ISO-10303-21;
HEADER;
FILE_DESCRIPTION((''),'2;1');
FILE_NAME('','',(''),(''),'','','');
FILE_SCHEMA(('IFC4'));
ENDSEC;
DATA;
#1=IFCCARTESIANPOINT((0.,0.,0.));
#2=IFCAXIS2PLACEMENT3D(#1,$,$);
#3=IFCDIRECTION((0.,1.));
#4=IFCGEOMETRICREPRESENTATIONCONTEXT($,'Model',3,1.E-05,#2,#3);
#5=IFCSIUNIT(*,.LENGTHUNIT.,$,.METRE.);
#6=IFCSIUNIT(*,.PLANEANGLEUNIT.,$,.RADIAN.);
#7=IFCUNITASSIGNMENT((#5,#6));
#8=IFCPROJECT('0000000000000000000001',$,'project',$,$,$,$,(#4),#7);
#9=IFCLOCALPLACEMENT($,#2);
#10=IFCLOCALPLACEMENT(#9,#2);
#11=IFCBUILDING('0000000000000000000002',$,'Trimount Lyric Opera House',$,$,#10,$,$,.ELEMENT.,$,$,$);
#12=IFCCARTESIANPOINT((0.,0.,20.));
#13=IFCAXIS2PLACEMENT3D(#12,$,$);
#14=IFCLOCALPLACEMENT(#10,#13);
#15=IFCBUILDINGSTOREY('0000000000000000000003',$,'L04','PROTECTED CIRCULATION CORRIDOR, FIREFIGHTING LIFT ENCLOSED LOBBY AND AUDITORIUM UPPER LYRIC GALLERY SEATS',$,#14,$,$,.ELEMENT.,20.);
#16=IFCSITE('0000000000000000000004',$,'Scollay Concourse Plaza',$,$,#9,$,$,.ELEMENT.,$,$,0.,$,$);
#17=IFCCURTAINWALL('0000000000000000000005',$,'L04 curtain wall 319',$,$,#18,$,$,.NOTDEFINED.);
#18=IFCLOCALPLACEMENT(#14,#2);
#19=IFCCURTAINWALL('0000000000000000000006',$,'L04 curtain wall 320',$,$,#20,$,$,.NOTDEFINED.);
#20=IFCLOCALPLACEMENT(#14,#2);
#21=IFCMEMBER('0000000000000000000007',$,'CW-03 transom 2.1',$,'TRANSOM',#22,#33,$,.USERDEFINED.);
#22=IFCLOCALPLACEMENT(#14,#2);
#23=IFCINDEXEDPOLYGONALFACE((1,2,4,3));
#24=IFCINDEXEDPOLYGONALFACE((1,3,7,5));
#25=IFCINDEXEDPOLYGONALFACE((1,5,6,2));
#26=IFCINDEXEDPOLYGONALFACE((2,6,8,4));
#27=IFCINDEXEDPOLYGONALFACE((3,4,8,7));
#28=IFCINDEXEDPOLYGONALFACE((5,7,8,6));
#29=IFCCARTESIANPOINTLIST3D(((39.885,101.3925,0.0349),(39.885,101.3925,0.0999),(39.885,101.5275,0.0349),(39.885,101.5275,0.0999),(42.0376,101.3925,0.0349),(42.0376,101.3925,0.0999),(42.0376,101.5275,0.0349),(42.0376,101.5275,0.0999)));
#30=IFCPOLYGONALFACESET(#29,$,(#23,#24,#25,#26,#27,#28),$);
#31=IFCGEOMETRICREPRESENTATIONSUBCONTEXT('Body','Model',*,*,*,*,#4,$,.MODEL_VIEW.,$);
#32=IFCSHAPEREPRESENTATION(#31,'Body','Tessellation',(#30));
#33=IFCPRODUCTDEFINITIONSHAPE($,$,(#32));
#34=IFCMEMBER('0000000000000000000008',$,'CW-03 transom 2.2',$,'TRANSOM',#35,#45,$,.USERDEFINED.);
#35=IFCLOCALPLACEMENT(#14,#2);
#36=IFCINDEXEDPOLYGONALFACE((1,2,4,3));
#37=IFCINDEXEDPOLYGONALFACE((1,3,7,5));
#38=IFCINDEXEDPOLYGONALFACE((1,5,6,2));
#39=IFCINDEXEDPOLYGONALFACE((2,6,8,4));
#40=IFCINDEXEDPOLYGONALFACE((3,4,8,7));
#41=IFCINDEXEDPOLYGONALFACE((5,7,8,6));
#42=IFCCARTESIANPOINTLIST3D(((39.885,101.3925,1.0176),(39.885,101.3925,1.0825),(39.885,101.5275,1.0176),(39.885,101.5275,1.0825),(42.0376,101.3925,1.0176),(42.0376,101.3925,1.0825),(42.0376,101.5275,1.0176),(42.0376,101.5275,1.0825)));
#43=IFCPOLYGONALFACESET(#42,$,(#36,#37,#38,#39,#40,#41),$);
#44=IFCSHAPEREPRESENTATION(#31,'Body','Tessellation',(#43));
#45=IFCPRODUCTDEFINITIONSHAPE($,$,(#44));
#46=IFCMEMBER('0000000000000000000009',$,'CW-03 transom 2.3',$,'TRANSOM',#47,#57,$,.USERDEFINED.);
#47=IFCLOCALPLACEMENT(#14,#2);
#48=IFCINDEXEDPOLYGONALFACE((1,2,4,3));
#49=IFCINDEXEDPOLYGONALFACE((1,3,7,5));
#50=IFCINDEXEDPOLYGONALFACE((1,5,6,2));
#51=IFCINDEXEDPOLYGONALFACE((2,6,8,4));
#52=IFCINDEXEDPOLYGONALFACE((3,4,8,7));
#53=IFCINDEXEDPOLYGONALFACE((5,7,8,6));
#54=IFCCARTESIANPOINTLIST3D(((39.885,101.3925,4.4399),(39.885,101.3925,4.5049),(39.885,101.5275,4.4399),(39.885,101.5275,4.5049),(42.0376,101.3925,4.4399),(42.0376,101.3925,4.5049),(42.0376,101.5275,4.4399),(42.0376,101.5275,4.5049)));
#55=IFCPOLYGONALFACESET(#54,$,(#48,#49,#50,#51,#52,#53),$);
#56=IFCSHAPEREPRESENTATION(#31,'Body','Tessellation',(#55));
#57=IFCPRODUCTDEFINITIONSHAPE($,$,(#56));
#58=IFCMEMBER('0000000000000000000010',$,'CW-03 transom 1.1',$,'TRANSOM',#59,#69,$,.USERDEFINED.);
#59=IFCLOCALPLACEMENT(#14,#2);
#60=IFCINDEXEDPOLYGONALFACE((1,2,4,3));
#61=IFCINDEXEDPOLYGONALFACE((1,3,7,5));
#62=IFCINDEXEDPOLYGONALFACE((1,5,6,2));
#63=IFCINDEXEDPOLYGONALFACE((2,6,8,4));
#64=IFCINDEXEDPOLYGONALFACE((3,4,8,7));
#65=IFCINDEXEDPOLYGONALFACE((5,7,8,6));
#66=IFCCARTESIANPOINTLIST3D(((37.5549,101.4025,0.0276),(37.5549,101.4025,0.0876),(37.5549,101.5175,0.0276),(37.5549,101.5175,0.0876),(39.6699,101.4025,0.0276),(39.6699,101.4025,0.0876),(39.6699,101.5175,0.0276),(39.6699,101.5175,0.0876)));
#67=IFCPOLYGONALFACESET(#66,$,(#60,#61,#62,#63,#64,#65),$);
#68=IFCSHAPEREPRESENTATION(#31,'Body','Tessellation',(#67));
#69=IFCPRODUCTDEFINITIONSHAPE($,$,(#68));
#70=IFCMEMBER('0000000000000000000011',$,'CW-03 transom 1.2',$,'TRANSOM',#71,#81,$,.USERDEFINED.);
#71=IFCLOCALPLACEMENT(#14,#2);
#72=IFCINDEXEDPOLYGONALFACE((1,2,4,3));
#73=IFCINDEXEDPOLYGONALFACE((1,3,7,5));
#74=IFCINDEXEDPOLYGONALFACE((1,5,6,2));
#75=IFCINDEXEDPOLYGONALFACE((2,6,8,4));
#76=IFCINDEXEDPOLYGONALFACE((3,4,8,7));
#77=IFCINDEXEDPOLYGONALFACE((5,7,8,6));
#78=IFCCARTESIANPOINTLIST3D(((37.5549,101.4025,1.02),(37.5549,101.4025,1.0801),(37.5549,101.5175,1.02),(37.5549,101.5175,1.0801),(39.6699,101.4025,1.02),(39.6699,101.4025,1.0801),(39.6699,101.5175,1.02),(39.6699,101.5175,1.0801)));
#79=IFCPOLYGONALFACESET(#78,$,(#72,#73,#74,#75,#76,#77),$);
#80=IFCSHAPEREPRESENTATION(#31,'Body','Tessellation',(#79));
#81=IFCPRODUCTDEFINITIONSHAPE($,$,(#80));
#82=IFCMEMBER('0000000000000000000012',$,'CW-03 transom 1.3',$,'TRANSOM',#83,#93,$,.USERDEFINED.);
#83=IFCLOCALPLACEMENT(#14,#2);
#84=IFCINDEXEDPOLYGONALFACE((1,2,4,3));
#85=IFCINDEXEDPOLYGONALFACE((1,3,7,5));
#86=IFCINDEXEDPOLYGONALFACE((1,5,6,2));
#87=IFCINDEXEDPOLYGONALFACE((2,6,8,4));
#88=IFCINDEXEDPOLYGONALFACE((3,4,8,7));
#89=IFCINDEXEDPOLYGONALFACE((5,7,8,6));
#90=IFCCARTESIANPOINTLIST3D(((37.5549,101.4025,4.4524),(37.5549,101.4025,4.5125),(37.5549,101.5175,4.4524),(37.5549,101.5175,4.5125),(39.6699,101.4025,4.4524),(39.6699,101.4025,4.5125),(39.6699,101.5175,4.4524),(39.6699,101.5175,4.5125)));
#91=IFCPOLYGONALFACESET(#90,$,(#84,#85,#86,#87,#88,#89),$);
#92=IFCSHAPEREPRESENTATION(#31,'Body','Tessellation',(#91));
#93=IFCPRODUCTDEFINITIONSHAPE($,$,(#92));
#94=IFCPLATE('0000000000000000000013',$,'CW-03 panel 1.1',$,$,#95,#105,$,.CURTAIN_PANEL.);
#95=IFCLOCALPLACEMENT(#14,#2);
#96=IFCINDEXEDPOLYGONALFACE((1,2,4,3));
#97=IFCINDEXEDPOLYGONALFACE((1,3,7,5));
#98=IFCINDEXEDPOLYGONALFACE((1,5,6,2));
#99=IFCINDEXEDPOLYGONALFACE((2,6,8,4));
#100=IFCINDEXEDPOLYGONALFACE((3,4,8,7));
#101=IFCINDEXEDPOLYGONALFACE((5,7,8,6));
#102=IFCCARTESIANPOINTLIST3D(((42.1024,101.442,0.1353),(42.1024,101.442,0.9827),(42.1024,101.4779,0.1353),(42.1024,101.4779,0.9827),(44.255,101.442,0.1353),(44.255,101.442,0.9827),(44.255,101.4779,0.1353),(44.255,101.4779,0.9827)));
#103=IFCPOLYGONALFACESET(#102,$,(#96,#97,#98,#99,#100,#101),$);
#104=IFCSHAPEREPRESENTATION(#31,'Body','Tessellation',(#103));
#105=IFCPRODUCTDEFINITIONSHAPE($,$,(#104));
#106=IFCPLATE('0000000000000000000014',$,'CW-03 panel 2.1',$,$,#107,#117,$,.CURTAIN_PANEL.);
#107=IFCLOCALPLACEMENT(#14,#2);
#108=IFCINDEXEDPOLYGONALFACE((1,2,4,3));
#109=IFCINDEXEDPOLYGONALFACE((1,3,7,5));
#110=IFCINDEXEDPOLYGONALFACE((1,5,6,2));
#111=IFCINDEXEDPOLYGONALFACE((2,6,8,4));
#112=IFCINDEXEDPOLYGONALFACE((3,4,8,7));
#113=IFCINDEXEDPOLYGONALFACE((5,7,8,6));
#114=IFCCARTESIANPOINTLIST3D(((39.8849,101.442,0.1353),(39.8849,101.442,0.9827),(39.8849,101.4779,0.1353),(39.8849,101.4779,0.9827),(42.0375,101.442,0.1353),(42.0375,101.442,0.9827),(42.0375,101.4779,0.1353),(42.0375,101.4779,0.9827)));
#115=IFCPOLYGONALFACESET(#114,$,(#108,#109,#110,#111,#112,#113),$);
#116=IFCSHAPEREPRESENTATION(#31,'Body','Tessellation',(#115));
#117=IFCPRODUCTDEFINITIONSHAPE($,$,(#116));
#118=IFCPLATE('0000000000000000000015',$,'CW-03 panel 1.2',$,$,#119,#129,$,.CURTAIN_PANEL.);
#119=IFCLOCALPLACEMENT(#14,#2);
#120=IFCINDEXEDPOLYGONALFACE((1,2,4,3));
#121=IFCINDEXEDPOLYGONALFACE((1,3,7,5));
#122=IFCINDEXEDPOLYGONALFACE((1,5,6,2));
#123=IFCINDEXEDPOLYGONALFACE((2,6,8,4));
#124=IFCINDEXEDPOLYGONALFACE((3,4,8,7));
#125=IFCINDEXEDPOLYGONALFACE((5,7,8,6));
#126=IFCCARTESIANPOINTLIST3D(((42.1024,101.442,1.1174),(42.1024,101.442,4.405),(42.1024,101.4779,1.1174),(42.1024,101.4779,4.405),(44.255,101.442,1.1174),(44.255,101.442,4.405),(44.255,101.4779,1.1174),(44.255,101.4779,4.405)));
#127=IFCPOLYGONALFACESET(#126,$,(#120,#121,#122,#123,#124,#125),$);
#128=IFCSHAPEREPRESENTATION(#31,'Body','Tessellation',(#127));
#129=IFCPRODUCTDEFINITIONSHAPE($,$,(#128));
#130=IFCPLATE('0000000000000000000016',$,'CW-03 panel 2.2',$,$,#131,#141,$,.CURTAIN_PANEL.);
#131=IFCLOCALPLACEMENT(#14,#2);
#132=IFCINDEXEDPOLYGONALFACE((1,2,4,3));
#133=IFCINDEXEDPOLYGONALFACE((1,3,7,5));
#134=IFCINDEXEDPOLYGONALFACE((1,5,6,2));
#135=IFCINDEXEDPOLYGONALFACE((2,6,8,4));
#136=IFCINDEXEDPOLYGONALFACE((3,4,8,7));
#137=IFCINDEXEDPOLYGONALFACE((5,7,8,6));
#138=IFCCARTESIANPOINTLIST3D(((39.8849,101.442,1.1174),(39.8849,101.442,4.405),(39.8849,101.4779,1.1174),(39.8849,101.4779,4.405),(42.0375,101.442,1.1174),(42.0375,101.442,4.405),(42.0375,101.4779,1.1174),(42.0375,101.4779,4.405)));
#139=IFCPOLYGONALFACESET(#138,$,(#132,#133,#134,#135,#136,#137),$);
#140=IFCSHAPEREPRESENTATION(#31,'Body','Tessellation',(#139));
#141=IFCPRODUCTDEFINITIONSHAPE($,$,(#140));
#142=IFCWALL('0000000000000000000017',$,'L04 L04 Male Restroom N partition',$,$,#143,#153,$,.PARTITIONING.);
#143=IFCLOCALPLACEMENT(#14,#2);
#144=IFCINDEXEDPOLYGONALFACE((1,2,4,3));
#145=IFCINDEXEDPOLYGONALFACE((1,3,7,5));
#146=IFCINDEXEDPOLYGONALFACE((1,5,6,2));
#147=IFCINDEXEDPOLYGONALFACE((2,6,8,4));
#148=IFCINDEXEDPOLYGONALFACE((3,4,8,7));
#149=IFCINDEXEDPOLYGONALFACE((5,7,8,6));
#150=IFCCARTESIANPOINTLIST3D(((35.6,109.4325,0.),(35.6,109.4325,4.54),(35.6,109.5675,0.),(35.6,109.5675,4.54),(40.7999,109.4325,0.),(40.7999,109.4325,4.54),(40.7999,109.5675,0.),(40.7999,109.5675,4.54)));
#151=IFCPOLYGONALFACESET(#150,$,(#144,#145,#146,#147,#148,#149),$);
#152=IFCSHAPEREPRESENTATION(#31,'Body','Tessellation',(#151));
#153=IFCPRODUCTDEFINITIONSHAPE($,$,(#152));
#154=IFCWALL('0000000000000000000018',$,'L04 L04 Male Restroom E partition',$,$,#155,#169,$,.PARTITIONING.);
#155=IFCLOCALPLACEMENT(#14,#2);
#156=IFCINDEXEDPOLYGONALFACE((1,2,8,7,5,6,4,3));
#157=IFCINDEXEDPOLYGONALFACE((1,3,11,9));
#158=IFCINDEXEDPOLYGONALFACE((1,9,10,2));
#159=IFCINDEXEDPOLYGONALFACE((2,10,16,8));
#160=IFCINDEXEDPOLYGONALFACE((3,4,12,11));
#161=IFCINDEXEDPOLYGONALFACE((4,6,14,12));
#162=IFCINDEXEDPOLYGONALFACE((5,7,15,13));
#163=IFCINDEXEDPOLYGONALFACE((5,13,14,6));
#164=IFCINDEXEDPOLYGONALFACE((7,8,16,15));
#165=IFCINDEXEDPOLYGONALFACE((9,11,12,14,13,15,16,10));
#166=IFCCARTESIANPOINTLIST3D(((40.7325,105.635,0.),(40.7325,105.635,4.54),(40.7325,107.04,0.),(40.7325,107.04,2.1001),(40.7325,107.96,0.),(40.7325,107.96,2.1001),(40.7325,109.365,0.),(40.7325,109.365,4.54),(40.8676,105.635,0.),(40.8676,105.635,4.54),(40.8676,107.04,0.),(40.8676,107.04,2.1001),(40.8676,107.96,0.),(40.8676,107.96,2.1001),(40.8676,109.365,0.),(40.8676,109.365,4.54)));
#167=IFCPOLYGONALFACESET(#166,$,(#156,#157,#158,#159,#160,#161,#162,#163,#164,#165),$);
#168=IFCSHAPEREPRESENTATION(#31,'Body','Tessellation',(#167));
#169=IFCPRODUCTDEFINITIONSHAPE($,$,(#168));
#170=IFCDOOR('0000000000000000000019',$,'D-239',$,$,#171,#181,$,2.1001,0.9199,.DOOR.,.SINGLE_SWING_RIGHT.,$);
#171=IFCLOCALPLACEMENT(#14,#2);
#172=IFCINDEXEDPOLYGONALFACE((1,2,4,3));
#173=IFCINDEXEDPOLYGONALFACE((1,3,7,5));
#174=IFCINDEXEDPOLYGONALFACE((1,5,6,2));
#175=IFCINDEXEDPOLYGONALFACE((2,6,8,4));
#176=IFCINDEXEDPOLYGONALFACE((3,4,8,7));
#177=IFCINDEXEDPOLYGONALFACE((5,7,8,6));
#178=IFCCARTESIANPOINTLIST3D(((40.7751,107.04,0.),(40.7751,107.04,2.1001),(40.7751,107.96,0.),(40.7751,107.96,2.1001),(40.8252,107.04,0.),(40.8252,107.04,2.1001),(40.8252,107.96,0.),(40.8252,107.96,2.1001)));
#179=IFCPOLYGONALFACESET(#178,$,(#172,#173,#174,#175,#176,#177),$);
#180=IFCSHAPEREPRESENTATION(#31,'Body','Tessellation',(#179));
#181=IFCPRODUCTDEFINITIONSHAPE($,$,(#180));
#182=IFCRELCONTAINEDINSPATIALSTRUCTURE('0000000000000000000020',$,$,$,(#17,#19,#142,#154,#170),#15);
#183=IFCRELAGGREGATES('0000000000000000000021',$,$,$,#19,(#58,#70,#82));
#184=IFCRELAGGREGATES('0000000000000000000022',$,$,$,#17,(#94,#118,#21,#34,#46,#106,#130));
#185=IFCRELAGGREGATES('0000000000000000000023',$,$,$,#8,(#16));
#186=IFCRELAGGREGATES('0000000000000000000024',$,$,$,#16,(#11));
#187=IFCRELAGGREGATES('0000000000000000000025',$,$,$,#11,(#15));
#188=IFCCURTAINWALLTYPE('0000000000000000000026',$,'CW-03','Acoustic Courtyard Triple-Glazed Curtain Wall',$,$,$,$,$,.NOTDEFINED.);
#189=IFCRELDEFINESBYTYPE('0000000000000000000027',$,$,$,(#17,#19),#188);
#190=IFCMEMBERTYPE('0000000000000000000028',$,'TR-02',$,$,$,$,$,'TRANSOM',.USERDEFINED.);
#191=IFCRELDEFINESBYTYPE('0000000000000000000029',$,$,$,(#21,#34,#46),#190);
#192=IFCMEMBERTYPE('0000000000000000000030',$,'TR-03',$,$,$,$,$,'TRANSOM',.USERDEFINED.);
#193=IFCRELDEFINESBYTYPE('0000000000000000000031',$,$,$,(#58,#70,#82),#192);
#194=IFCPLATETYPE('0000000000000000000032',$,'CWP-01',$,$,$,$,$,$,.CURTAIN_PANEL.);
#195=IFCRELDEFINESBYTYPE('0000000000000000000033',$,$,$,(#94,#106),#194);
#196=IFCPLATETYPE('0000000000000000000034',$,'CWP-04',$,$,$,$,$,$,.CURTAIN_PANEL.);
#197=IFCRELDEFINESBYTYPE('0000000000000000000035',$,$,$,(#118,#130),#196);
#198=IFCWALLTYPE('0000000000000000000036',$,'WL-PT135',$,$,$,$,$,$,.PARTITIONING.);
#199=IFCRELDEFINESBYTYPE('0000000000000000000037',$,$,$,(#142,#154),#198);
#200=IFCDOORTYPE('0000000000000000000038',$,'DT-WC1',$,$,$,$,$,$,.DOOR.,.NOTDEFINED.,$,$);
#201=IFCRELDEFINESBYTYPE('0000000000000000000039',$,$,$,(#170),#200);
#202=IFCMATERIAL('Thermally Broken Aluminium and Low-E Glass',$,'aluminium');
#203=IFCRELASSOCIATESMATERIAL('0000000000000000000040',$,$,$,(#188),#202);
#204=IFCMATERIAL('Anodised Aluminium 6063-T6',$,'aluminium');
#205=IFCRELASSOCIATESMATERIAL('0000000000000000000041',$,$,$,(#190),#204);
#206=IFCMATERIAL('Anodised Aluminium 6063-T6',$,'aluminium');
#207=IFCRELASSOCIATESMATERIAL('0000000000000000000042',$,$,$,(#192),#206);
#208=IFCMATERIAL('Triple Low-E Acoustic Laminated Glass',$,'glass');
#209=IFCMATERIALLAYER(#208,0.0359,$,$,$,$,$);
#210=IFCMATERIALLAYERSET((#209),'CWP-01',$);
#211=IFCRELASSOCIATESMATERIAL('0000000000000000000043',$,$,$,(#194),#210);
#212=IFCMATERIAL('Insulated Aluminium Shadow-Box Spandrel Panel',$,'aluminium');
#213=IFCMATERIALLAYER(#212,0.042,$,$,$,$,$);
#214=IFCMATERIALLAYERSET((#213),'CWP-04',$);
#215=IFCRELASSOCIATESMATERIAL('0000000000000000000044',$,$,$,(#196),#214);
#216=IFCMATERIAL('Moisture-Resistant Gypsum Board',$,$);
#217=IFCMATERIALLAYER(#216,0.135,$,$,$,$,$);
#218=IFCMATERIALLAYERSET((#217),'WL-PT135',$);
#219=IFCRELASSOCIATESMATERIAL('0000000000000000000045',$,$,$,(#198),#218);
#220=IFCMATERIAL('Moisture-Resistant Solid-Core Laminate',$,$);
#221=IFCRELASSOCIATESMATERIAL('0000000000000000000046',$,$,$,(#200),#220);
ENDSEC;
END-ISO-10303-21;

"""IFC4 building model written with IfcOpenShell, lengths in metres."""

from ifc_helpers import new_model, si_unit, direction, frame, frame_2d, origin, origin_2d, place, context, subcontext, project, spatial, rectangle, extrude, material, layer, layer_set, material_profile, profile_set, type_object, element, fill, aggregate, save


model = new_model("IFC4")

# Units and contexts
model_context = context("Model", 3, precision=1e-05, world=origin(), true_north=direction((0.0, 1.0)))
body_context = subcontext(model_context, "Body", "Model", "MODEL_VIEW")
ifc_project = project(units=[si_unit("LENGTHUNIT", "METRE"), si_unit("PLANEANGLEUNIT", "RADIAN")], contexts=[model_context])

# Site, building, storey
site_placement = place(None, origin())
site = spatial("IfcSite", under=ifc_project, at=site_placement, Name="Scollay Concourse Plaza", CompositionType="ELEMENT", RefElevation=0.0)
building_placement = place(site_placement, origin())
building = spatial("IfcBuilding", under=site, at=building_placement, Name="Trimount Lyric Opera House", CompositionType="ELEMENT")
storey_placement = place(building_placement, frame((0.0, 0.0, 20.0)))
storey = spatial("IfcBuildingStorey", under=building, at=storey_placement, Name="L04", Description="PROTECTED CIRCULATION CORRIDOR, FIREFIGHTING LIFT ENCLOSED LOBBY AND AUDITORIUM UPPER LYRIC GALLERY SEATS", CompositionType="ELEMENT", Elevation=20.0)

# Curtain wall
ifc_material_1 = material(Name="Thermally Broken Aluminium and Low-E Glass", Category="aluminium")
curtain_wall_type = type_object("IfcCurtainWallType", Name="CW-03", Description="Acoustic Courtyard Triple-Glazed Curtain Wall", PredefinedType="NOTDEFINED", material=ifc_material_1)
curtain_wall_1_placement = place(storey_placement, origin())
curtain_wall_1 = element("IfcCurtainWall", 1, at=curtain_wall_1_placement, inside=storey, type_object=curtain_wall_type, Name="L04 curtain wall 319", PredefinedType="NOTDEFINED")

# Curtain wall
curtain_wall_2_placement = place(storey_placement, origin())
curtain_wall_2 = element("IfcCurtainWall", 2, at=curtain_wall_2_placement, inside=storey, type_object=curtain_wall_type, Name="L04 curtain wall 320", PredefinedType="NOTDEFINED")

# Members
ifc_material_2 = material(Name="Anodised Aluminium 6063-T6", Category="aluminium")
ifc_material_profile_1 = material_profile(ifc_material_2, rectangle(XDim=0.135, YDim=0.0649, at=origin_2d()), Name="ALU-TRAN-65X135")
ifc_profile_set_1 = profile_set([ifc_material_profile_1], Name="Anodised Aluminium 6063-T6")
member_type_1 = type_object("IfcMemberType", Name="TR-02", ElementType="TRANSOM", PredefinedType="USERDEFINED", material=ifc_profile_set_1)
member_1_placement = place(storey_placement, frame((42.0376, 101.46, 0.0674), z_axis=(-1.0, 0.0, 0.0), x_axis=(0.0, -1.0, 0.0)))
member_1 = element("IfcMember", 3, at=member_1_placement, type_object=member_type_1, Name="CW-03 transom 2.1", ObjectType="TRANSOM", PredefinedType="USERDEFINED", context=body_context, shape_type="SweptSolid", body=[
    extrude(rectangle(XDim=0.135, YDim=0.0649, at=origin_2d()), origin(), (0.0, 0.0, 1.0), 2.1526),
])
member_2_placement = place(storey_placement, frame((42.0376, 101.46, 1.05), z_axis=(-1.0, 0.0, 0.0), x_axis=(0.0, -1.0, 0.0)))
member_2 = element("IfcMember", 4, at=member_2_placement, type_object=member_type_1, Name="CW-03 transom 2.2", ObjectType="TRANSOM", PredefinedType="USERDEFINED", context=body_context, shape_type="SweptSolid", body=[
    extrude(rectangle(XDim=0.135, YDim=0.0649, at=origin_2d()), origin(), (0.0, 0.0, 1.0), 2.1526),
])
member_3_placement = place(storey_placement, frame((42.0376, 101.46, 4.4724), z_axis=(-1.0, 0.0, 0.0), x_axis=(0.0, -1.0, 0.0)))
member_3 = element("IfcMember", 5, at=member_3_placement, type_object=member_type_1, Name="CW-03 transom 2.3", ObjectType="TRANSOM", PredefinedType="USERDEFINED", context=body_context, shape_type="SweptSolid", body=[
    extrude(rectangle(XDim=0.135, YDim=0.0649, at=origin_2d()), origin(), (0.0, 0.0, 1.0), 2.1526),
])
ifc_material_3 = material(Name="Anodised Aluminium 6063-T6", Category="aluminium")
ifc_material_profile_2 = material_profile(ifc_material_3, rectangle(XDim=0.115, YDim=0.0601, at=origin_2d()), Name="ALU-TRAN-60X115")
ifc_profile_set_2 = profile_set([ifc_material_profile_2], Name="Anodised Aluminium 6063-T6")
member_type_2 = type_object("IfcMemberType", Name="TR-03", ElementType="TRANSOM", PredefinedType="USERDEFINED", material=ifc_profile_set_2)
member_4_placement = place(storey_placement, frame((39.6699, 101.46, 0.0576), z_axis=(-1.0, 0.0, 0.0), x_axis=(0.0, -1.0, 0.0)))
member_4 = element("IfcMember", 6, at=member_4_placement, type_object=member_type_2, Name="CW-03 transom 1.1", ObjectType="TRANSOM", PredefinedType="USERDEFINED", context=body_context, shape_type="SweptSolid", body=[
    extrude(rectangle(XDim=0.115, YDim=0.0601, at=origin_2d()), origin(), (0.0, 0.0, 1.0), 2.115),
])
member_5_placement = place(storey_placement, frame((39.6699, 101.46, 1.05), z_axis=(-1.0, 0.0, 0.0), x_axis=(0.0, -1.0, 0.0)))
member_5 = element("IfcMember", 7, at=member_5_placement, type_object=member_type_2, Name="CW-03 transom 1.2", ObjectType="TRANSOM", PredefinedType="USERDEFINED", context=body_context, shape_type="SweptSolid", body=[
    extrude(rectangle(XDim=0.115, YDim=0.0601, at=origin_2d()), origin(), (0.0, 0.0, 1.0), 2.115),
])
member_6_placement = place(storey_placement, frame((39.6699, 101.46, 4.4824), z_axis=(-1.0, 0.0, 0.0), x_axis=(0.0, -1.0, 0.0)))
member_6 = element("IfcMember", 8, at=member_6_placement, type_object=member_type_2, Name="CW-03 transom 1.3", ObjectType="TRANSOM", PredefinedType="USERDEFINED", context=body_context, shape_type="SweptSolid", body=[
    extrude(rectangle(XDim=0.115, YDim=0.0601, at=origin_2d()), origin(), (0.0, 0.0, 1.0), 2.115),
])
aggregate(curtain_wall_2, [member_4, member_5, member_6])

# Plates
ifc_material_4 = material(Name="Triple Low-E Acoustic Laminated Glass", Category="glass")
ifc_layer_1 = layer(ifc_material_4, 0.0359)
ifc_layer_set_1 = layer_set([ifc_layer_1], Name="CWP-01")
plate_type_1 = type_object("IfcPlateType", Name="CWP-01", PredefinedType="CURTAIN_PANEL", material=ifc_layer_set_1)
plate_1_placement = place(storey_placement, frame((43.1787, 101.46, 0.1353), z_axis=(0.0, 0.0, 1.0), x_axis=(-1.0, 0.0, 0.0)))
plate_1 = element("IfcPlate", 9, at=plate_1_placement, type_object=plate_type_1, Name="CW-03 panel 1.1", PredefinedType="CURTAIN_PANEL", context=body_context, shape_type="SweptSolid", body=[
    extrude(rectangle(XDim=2.1526, YDim=0.0359, at=origin_2d()), origin(), (0.0, 0.0, 1.0), 0.8474),
])
plate_2_placement = place(storey_placement, frame((40.9612, 101.46, 0.1353), z_axis=(0.0, 0.0, 1.0), x_axis=(-1.0, 0.0, 0.0)))
plate_2 = element("IfcPlate", 10, at=plate_2_placement, type_object=plate_type_1, Name="CW-03 panel 2.1", PredefinedType="CURTAIN_PANEL", context=body_context, shape_type="SweptSolid", body=[
    extrude(rectangle(XDim=2.1526, YDim=0.0359, at=origin_2d()), origin(), (0.0, 0.0, 1.0), 0.8474),
])
ifc_material_5 = material(Name="Insulated Aluminium Shadow-Box Spandrel Panel", Category="aluminium")
ifc_layer_2 = layer(ifc_material_5, 0.042)
ifc_layer_set_2 = layer_set([ifc_layer_2], Name="CWP-04")
plate_type_2 = type_object("IfcPlateType", Name="CWP-04", PredefinedType="CURTAIN_PANEL", material=ifc_layer_set_2)
plate_3_placement = place(storey_placement, frame((43.1787, 101.46, 1.1174), z_axis=(0.0, 0.0, 1.0), x_axis=(-1.0, 0.0, 0.0)))
plate_3 = element("IfcPlate", 11, at=plate_3_placement, type_object=plate_type_2, Name="CW-03 panel 1.2", PredefinedType="CURTAIN_PANEL", context=body_context, shape_type="SweptSolid", body=[
    extrude(rectangle(XDim=2.1526, YDim=0.0359, at=origin_2d()), origin(), (0.0, 0.0, 1.0), 3.2876),
])
plate_4_placement = place(storey_placement, frame((40.9612, 101.46, 1.1174), z_axis=(0.0, 0.0, 1.0), x_axis=(-1.0, 0.0, 0.0)))
plate_4 = element("IfcPlate", 12, at=plate_4_placement, type_object=plate_type_2, Name="CW-03 panel 2.2", PredefinedType="CURTAIN_PANEL", context=body_context, shape_type="SweptSolid", body=[
    extrude(rectangle(XDim=2.1526, YDim=0.0359, at=origin_2d()), origin(), (0.0, 0.0, 1.0), 3.2876),
])
aggregate(curtain_wall_1, [plate_1, plate_3, member_1, member_2, member_3, plate_2, plate_4])

# Wall
ifc_material_6 = material(Name="Moisture-Resistant Gypsum Board")
ifc_layer_3 = layer(ifc_material_6, 0.135)
ifc_layer_set_3 = layer_set([ifc_layer_3], Name="WL-PT135")
wall_type = type_object("IfcWallType", Name="WL-PT135", PredefinedType="PARTITIONING", material=ifc_layer_set_3)
wall_1_placement = place(storey_placement, frame((40.8, 109.5, 0.0), z_axis=(0.0, 0.0, 1.0), x_axis=(-1.0, 0.0, 0.0)))
element("IfcWall", 13, at=wall_1_placement, inside=storey, type_object=wall_type, Name="L04 L04 Male Restroom N partition", PredefinedType="PARTITIONING", context=body_context, shape_type="SweptSolid", body=[
    extrude(rectangle(XDim=5.2, YDim=0.135, at=frame_2d((2.6001, 0.0))), origin(), (0.0, 0.0, 1.0), 4.54),
])

# Wall, opening, door
wall_2_placement = place(storey_placement, frame((40.8, 105.635, 0.0), z_axis=(0.0, 0.0, 1.0), x_axis=(0.0, 1.0, 0.0)))
wall_2 = element("IfcWall", 14, at=wall_2_placement, inside=storey, type_object=wall_type, Name="L04 L04 Male Restroom E partition", PredefinedType="PARTITIONING", context=body_context, shape_type="SweptSolid", body=[
    extrude(rectangle(XDim=3.73, YDim=0.135, at=frame_2d((1.865, 0.0))), origin(), (0.0, 0.0, 1.0), 4.54),
])
opening_1_placement = place(wall_2_placement, frame((1.405, 0.0, 0.0)))
opening_1 = element("IfcOpeningElement", 15, at=opening_1_placement, cuts=wall_2, PredefinedType="OPENING", context=body_context, shape_type="SweptSolid", body=[
    extrude(rectangle(XDim=0.9199, YDim=2.1001, at=frame_2d((0.46, 1.05))), frame((0.0, 0.0776, 0.0), z_axis=(0.0, -1.0, 0.0), x_axis=(1.0, 0.0, 0.0)), (0.0, 0.0, 1.0), 0.155),
])
ifc_material_7 = material(Name="Moisture-Resistant Solid-Core Laminate")
door_type_1 = type_object("IfcDoorType", Name="DT-WC1", OperationType="NOTDEFINED", PredefinedType="DOOR", material=ifc_material_7)
door_1_placement = place(opening_1_placement, origin())
door_1 = element("IfcDoor", 16, at=door_1_placement, inside=storey, type_object=door_type_1, Name="D-239", OperationType="SINGLE_SWING_RIGHT", OverallHeight=2.1001, OverallWidth=0.9199, PredefinedType="DOOR", context=body_context, shape_type="SweptSolid", body=[
    extrude(rectangle(XDim=0.9199, YDim=2.1001, at=frame_2d((0.46, 1.05))), frame((0.0, 0.0249, 0.0), z_axis=(0.0, -1.0, 0.0), x_axis=(1.0, 0.0, 0.0)), (0.0, 0.0, 1.0), 0.05),
])
fill(opening_1, door_1)

save(model, "model.ifc")
